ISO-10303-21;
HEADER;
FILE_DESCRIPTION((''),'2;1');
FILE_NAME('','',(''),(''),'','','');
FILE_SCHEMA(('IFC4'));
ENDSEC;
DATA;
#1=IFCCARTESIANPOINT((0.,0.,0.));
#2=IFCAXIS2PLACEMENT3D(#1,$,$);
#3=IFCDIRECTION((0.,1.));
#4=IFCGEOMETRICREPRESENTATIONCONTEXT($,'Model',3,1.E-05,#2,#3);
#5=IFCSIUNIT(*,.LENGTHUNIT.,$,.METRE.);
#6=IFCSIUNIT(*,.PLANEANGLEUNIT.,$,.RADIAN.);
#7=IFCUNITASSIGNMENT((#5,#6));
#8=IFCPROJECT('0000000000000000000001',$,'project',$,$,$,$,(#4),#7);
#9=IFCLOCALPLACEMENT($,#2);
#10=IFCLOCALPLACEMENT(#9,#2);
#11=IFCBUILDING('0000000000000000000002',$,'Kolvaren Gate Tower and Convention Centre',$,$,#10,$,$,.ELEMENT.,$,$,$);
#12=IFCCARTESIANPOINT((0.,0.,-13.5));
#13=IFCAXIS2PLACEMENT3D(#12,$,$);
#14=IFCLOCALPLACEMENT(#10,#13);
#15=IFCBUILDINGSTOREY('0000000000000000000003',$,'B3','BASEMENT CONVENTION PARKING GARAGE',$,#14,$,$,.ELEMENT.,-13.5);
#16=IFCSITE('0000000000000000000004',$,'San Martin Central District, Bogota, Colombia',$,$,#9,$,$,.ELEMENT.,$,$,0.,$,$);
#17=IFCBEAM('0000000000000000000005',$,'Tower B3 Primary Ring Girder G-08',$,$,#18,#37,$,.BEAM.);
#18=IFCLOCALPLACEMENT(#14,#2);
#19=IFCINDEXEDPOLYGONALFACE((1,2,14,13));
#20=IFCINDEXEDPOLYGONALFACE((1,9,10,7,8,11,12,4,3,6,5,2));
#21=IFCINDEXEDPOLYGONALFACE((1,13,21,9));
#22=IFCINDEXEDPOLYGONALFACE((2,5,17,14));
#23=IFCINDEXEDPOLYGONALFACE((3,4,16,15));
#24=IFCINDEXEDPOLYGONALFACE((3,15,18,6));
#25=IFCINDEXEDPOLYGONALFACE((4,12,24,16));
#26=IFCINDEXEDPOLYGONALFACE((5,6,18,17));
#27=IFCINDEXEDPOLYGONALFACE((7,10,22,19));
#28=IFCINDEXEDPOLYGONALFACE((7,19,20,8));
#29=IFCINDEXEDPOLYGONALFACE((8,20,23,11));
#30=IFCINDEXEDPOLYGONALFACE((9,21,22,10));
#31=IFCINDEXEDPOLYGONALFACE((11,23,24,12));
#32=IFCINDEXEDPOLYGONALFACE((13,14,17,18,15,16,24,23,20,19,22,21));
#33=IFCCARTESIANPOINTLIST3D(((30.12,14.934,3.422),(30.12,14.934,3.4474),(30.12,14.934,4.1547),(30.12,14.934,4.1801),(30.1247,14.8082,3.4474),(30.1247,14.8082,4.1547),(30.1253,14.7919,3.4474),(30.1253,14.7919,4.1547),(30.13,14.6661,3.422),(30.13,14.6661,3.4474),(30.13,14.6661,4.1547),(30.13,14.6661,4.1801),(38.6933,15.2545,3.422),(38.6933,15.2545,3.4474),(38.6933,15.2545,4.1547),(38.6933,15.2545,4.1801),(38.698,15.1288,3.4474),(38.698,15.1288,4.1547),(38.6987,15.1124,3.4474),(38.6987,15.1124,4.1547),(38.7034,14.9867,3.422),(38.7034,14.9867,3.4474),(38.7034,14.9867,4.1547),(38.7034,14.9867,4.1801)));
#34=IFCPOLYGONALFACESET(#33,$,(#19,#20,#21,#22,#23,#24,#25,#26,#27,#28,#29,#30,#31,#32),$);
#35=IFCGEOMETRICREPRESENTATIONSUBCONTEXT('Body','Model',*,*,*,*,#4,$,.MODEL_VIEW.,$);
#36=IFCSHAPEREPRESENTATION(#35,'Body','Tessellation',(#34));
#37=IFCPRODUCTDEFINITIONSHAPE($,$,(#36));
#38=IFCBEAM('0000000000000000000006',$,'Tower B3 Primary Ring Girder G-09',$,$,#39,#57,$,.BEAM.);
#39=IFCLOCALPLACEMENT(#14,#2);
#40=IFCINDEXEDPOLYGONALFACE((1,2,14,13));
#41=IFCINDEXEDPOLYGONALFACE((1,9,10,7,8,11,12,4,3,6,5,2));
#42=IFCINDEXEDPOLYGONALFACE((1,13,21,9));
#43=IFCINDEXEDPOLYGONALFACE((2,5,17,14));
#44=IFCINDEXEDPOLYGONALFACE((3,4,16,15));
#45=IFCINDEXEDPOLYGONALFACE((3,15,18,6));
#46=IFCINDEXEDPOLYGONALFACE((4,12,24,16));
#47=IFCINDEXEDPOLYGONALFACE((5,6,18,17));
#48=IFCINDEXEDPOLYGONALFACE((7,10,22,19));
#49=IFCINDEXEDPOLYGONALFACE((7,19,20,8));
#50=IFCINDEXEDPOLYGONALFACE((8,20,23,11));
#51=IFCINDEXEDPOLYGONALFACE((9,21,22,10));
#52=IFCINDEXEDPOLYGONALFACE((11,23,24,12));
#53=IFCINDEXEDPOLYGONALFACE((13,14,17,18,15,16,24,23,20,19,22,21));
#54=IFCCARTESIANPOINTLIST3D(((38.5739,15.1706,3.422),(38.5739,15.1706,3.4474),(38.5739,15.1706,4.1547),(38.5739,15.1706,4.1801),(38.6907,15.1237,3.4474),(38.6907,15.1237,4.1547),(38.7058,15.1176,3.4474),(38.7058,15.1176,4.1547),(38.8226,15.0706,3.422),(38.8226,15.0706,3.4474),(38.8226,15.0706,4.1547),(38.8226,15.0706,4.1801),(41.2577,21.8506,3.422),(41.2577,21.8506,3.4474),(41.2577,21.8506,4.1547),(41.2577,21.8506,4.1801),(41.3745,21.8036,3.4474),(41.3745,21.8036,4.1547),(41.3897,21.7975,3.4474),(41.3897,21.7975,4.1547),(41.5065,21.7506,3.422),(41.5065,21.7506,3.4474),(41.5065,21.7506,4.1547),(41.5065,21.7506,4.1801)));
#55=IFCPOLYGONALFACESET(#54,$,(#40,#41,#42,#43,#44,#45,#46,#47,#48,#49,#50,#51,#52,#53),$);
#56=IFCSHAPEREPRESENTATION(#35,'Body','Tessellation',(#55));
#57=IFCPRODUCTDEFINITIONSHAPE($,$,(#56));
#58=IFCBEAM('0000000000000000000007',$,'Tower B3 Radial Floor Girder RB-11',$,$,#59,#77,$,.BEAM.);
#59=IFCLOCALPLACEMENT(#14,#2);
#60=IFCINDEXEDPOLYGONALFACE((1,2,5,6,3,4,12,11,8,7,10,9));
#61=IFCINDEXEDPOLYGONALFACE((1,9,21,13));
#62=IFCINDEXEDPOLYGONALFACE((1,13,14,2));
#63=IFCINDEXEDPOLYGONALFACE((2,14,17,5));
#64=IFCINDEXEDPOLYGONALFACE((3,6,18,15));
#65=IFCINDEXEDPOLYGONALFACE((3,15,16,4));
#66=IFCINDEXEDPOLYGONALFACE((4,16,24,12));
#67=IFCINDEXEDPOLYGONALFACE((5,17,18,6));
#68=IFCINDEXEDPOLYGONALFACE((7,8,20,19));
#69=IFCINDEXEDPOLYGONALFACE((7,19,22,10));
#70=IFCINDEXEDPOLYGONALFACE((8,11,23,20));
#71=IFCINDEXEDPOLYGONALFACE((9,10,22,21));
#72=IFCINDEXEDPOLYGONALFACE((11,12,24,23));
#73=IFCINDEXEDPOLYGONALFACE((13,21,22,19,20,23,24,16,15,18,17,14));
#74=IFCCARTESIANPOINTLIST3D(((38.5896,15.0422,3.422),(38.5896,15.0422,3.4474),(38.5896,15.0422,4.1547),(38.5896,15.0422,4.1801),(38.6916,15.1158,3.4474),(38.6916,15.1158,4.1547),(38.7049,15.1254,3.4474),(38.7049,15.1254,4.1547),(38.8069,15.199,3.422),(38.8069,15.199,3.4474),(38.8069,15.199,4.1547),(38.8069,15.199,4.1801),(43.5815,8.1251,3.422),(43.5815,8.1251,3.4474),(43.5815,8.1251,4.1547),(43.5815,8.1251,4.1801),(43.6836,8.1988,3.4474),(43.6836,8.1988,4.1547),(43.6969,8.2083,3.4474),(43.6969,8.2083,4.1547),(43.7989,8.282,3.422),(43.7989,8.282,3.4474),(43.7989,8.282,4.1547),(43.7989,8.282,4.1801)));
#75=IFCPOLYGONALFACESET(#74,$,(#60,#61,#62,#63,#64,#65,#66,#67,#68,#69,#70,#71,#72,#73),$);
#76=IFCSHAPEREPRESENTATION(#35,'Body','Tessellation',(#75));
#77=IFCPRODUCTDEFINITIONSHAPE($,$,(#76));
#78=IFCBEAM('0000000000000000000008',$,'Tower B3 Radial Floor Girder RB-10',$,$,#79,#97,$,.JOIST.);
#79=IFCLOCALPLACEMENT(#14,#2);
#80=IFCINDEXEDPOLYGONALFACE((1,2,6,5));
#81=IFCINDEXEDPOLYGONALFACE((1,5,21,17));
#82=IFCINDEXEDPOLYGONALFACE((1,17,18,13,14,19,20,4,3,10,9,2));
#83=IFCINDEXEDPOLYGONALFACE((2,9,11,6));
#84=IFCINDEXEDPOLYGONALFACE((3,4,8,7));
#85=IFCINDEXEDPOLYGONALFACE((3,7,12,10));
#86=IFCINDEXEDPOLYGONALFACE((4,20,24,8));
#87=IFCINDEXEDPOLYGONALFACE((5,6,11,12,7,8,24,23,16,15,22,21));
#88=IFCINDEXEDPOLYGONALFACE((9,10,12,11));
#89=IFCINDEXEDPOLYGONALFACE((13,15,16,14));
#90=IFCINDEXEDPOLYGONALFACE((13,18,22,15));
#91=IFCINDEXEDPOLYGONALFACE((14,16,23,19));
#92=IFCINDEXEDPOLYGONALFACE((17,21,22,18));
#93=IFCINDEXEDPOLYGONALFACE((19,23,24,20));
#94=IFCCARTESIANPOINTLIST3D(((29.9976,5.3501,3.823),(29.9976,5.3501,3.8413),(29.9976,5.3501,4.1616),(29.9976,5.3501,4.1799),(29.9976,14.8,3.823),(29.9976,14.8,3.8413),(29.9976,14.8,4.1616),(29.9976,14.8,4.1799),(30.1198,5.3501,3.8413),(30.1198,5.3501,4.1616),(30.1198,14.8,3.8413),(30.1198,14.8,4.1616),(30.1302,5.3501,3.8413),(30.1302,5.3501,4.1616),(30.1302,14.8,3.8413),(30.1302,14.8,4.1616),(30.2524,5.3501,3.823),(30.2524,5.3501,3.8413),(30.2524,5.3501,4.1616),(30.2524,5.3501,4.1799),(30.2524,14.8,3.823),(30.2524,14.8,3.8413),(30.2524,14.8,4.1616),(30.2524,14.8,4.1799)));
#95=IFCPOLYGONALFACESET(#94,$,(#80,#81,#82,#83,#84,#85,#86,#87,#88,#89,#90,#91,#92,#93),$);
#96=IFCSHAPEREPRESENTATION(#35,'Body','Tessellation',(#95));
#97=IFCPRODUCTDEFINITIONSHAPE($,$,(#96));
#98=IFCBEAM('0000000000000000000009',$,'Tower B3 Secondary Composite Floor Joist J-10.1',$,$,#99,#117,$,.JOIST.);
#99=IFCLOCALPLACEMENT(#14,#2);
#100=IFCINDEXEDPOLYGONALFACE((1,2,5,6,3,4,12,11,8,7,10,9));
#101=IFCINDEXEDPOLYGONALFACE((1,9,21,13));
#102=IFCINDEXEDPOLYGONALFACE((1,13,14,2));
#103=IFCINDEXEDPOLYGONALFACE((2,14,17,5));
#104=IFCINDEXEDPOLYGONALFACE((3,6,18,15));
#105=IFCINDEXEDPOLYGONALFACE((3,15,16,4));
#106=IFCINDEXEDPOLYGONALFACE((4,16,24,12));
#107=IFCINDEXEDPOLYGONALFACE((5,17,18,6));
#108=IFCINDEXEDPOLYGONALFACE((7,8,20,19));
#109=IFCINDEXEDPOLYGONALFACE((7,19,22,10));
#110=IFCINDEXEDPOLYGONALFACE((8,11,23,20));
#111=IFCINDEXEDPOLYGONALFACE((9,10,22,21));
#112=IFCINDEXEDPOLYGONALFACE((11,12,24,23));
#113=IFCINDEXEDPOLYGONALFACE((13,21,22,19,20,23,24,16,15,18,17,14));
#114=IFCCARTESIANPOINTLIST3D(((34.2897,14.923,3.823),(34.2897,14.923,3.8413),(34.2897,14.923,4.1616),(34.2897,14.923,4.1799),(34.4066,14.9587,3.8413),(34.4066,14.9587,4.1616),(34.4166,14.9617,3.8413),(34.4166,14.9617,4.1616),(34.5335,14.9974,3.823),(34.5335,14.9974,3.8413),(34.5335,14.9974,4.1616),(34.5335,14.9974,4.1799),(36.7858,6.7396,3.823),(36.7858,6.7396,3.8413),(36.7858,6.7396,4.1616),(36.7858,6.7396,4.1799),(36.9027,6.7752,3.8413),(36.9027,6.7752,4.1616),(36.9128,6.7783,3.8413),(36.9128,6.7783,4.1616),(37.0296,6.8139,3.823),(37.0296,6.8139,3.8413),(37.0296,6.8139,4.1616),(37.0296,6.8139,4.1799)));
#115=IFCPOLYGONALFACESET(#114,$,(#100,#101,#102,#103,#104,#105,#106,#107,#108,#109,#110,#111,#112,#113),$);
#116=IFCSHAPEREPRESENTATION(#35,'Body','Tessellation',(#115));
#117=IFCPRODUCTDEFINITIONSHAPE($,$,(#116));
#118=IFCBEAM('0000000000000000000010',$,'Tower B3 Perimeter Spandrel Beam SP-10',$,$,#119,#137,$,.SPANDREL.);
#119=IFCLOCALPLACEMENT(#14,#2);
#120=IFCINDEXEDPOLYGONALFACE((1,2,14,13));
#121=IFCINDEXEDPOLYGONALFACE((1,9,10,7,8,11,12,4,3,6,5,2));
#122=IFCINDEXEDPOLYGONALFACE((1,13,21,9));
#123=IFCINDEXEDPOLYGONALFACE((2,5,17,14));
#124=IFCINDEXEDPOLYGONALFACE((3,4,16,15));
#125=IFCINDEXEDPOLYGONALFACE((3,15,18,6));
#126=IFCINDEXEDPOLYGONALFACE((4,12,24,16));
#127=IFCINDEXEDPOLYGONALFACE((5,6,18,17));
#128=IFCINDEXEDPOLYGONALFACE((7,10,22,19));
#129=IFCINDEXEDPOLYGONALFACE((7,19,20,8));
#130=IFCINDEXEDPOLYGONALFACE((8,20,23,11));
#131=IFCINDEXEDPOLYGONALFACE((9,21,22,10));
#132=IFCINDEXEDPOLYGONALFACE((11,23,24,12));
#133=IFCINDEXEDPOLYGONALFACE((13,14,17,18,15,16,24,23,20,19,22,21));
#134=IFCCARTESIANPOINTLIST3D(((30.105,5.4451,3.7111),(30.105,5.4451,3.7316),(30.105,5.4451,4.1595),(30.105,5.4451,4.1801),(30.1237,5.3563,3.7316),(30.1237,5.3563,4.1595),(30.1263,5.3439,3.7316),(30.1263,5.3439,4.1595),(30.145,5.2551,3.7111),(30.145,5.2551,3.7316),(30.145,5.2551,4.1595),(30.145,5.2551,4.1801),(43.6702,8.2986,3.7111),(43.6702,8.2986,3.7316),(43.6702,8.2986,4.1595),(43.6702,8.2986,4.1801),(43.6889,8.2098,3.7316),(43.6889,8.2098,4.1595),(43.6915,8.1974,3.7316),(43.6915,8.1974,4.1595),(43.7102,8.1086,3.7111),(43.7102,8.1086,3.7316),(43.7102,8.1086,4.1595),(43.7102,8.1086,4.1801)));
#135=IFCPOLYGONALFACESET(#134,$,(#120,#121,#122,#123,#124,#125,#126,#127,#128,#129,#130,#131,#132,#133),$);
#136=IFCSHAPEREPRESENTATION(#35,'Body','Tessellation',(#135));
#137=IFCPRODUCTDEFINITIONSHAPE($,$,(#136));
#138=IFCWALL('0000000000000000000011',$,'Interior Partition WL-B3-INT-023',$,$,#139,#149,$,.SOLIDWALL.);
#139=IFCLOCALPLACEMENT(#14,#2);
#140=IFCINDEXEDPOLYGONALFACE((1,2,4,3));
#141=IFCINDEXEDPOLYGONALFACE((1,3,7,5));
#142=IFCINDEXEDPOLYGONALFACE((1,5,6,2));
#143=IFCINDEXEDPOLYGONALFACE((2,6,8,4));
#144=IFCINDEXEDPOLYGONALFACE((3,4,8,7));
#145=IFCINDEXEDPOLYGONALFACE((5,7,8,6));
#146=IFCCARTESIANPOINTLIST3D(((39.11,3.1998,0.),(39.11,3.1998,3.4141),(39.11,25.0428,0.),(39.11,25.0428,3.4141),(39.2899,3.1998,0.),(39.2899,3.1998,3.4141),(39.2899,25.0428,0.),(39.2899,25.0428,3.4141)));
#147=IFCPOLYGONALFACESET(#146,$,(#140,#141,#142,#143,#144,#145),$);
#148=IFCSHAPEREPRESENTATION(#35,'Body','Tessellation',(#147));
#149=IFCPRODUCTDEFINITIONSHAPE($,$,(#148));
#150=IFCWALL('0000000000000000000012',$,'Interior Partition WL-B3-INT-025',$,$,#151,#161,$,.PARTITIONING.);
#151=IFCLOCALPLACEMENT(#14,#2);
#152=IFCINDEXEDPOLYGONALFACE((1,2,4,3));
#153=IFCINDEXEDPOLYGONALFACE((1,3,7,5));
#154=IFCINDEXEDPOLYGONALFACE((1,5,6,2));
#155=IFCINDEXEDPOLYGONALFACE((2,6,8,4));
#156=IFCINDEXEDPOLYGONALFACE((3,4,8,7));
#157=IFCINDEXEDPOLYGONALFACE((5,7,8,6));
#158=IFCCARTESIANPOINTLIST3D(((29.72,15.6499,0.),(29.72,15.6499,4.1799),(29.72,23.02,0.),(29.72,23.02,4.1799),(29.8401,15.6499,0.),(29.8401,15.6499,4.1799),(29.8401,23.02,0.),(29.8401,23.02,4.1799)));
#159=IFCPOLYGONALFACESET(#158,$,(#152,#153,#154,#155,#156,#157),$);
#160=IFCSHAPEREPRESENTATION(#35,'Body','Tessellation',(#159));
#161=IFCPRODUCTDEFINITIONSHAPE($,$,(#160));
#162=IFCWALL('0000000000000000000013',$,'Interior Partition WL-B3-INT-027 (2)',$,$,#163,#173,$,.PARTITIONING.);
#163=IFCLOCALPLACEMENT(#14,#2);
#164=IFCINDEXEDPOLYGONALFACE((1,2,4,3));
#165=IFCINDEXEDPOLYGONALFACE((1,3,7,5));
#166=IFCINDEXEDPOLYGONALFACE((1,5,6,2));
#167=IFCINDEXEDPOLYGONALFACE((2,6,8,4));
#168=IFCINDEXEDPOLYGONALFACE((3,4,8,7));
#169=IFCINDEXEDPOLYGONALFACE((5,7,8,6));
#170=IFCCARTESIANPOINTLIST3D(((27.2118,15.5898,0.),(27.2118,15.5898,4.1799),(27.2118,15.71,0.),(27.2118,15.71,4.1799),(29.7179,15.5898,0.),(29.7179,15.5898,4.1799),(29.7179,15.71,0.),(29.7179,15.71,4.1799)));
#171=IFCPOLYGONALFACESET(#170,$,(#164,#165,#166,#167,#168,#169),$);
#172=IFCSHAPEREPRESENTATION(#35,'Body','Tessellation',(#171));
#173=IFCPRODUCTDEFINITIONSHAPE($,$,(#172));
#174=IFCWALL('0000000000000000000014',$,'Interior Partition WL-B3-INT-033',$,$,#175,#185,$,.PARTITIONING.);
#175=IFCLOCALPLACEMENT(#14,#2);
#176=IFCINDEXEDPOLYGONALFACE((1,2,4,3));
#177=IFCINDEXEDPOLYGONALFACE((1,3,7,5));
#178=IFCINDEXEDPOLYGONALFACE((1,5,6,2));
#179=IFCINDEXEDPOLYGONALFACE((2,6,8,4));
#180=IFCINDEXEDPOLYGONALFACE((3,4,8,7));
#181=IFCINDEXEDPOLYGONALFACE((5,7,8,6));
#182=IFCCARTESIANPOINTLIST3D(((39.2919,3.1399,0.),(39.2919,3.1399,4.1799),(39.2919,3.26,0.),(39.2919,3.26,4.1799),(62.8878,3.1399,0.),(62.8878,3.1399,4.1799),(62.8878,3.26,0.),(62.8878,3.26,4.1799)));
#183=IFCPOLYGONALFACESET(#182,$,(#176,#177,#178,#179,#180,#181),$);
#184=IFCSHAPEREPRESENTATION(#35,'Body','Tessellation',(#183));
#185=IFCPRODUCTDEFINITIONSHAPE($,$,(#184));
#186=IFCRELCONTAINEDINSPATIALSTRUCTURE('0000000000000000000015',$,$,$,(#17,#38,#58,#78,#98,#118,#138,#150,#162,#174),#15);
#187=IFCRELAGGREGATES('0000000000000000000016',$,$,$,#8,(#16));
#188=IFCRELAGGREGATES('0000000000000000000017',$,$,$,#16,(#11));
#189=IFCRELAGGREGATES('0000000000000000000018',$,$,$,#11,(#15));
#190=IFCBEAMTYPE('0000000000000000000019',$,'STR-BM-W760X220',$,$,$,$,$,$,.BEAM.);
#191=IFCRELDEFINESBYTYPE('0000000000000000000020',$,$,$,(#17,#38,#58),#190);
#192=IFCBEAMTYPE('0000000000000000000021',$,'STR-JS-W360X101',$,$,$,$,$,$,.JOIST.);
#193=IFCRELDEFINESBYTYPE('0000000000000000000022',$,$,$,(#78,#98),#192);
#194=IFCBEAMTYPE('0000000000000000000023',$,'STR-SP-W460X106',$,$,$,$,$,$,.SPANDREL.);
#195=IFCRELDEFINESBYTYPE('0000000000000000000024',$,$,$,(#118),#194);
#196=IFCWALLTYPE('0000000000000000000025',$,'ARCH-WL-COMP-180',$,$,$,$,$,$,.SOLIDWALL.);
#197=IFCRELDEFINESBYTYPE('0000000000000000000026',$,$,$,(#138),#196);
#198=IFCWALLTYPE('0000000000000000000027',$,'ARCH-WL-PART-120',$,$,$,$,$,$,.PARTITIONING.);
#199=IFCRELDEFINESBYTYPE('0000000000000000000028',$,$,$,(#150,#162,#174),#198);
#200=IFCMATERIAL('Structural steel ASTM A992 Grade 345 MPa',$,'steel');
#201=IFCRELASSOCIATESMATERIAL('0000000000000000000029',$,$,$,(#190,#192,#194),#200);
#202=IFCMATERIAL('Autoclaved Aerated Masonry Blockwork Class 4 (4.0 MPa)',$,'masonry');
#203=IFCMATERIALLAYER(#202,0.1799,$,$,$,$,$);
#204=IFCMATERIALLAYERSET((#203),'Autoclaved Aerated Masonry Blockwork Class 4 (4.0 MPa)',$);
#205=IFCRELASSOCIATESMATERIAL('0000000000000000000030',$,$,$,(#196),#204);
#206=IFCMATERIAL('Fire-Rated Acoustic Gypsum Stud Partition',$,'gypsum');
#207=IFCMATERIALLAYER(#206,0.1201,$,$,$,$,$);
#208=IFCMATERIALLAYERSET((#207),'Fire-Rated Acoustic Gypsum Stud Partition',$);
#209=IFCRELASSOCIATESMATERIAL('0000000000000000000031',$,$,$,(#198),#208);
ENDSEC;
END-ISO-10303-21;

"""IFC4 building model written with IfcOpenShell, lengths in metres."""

from ifc_helpers import new_model, si_unit, direction, frame, frame_2d, origin, origin_2d, place, context, subcontext, project, spatial, rectangle, i_section, extrude, material, layer, layer_set, material_profile, profile_set, type_object, element, save


model = new_model("IFC4")

# Units and contexts
model_context = context("Model", 3, precision=1e-05, world=origin(), true_north=direction((0.0, 1.0)))
body_context = subcontext(model_context, "Body", "Model", "MODEL_VIEW")
ifc_project = project(units=[si_unit("LENGTHUNIT", "METRE"), si_unit("PLANEANGLEUNIT", "RADIAN")], contexts=[model_context])

# Site, building, storey
site_placement = place(None, origin())
site = spatial("IfcSite", under=ifc_project, at=site_placement, Name="San Martin Central District, Bogota, Colombia", CompositionType="ELEMENT", RefElevation=0.0)
building_placement = place(site_placement, origin())
building = spatial("IfcBuilding", under=site, at=building_placement, Name="Kolvaren Gate Tower and Convention Centre", CompositionType="ELEMENT")
storey_placement = place(building_placement, frame((0.0, 0.0, -13.5)))
storey = spatial("IfcBuildingStorey", under=building, at=storey_placement, Name="B3", Description="BASEMENT CONVENTION PARKING GARAGE", CompositionType="ELEMENT", Elevation=-13.5)

# Beams
ifc_material_1 = material(Name="Structural steel ASTM A992 Grade 345 MPa", Category="steel")
ifc_material_profile_1 = material_profile(ifc_material_1, i_section(OverallWidth=0.2681, OverallDepth=0.7581, WebThickness=0.0164, FlangeThickness=0.0254, at=origin_2d()), Name="W760X220")
ifc_profile_set_1 = profile_set([ifc_material_profile_1], Name="Structural steel ASTM A992 Grade 345 MPa")
beam_type_1 = type_object("IfcBeamType", Name="STR-BM-W760X220", PredefinedType="BEAM", material=ifc_profile_set_1)
beam_1_placement = place(storey_placement, frame((30.125, 14.8, 3.801), z_axis=(0.999302, 0.037364, 0.0), x_axis=(-0.037364, 0.999302, 0.0)))
element("IfcBeam", 1, at=beam_1_placement, inside=storey, type_object=beam_type_1, Name="Tower B3 Primary Ring Girder G-08", PredefinedType="BEAM", context=body_context, shape_type="SweptSolid", body=[
    extrude(i_section(OverallWidth=0.2681, OverallDepth=0.7581, WebThickness=0.0164, FlangeThickness=0.0254, at=origin_2d()), origin(), (0.0, 0.0, 1.0), 8.5793),
])
beam_2_placement = place(storey_placement, frame((38.6982, 15.1206, 3.801), z_axis=(0.372811, 0.927907, 0.0), x_axis=(-0.927907, 0.372811, 0.0)))
element("IfcBeam", 2, at=beam_2_placement, inside=storey, type_object=beam_type_1, Name="Tower B3 Primary Ring Girder G-09", PredefinedType="BEAM", context=body_context, shape_type="SweptSolid", body=[
    extrude(i_section(OverallWidth=0.2681, OverallDepth=0.7581, WebThickness=0.0164, FlangeThickness=0.0254, at=origin_2d()), origin(), (0.0, 0.0, 1.0), 7.199),
])
beam_3_placement = place(storey_placement, frame((38.6982, 15.1206, 3.801), z_axis=(0.585208, -0.810883, 0.0), x_axis=(0.810883, 0.585208, 0.0)))
element("IfcBeam", 3, at=beam_3_placement, inside=storey, type_object=beam_type_1, Name="Tower B3 Radial Floor Girder RB-11", PredefinedType="BEAM", context=body_context, shape_type="SweptSolid", body=[
    extrude(i_section(OverallWidth=0.2681, OverallDepth=0.7581, WebThickness=0.0164, FlangeThickness=0.0254, at=origin_2d()), origin(), (0.0, 0.0, 1.0), 8.5303),
])
ifc_material_profile_2 = material_profile(ifc_material_1, i_section(OverallWidth=0.2549, OverallDepth=0.3569, WebThickness=0.0105, FlangeThickness=0.0183, at=origin_2d()), Name="W360X101")
ifc_profile_set_2 = profile_set([ifc_material_profile_2], Name="Structural steel ASTM A992 Grade 345 MPa")
beam_type_2 = type_object("IfcBeamType", Name="STR-JS-W360X101", PredefinedType="JOIST", material=ifc_profile_set_2)
beam_4_placement = place(storey_placement, frame((30.125, 14.8, 4.0015), z_axis=(0.0, -1.0, 0.0), x_axis=(1.0, 0.0, 0.0)))
element("IfcBeam", 4, at=beam_4_placement, inside=storey, type_object=beam_type_2, Name="Tower B3 Radial Floor Girder RB-10", PredefinedType="JOIST", context=body_context, shape_type="SweptSolid", body=[
    extrude(i_section(OverallWidth=0.2549, OverallDepth=0.3569, WebThickness=0.0105, FlangeThickness=0.0183, at=origin_2d()), origin(), (0.0, 0.0, 1.0), 9.45),
])
beam_5_placement = place(storey_placement, frame((34.4116, 14.9602, 4.0015), z_axis=(0.291751, -0.956494, 0.0), x_axis=(0.956494, 0.291751, 0.0)))
element("IfcBeam", 5, at=beam_5_placement, inside=storey, type_object=beam_type_2, Name="Tower B3 Secondary Composite Floor Joist J-10.1", PredefinedType="JOIST", context=body_context, shape_type="SweptSolid", body=[
    extrude(i_section(OverallWidth=0.2549, OverallDepth=0.3569, WebThickness=0.0105, FlangeThickness=0.0183, at=origin_2d()), origin(), (0.0, 0.0, 1.0), 8.5557),
])
ifc_material_profile_3 = material_profile(ifc_material_1, i_section(OverallWidth=0.1941, OverallDepth=0.469, WebThickness=0.0127, FlangeThickness=0.0205, at=origin_2d()), Name="W460X106")
ifc_profile_set_3 = profile_set([ifc_material_profile_3], Name="Structural steel ASTM A992 Grade 345 MPa")
beam_type_3 = type_object("IfcBeamType", Name="STR-SP-W460X106", PredefinedType="SPANDREL", material=ifc_profile_set_3)
beam_6_placement = place(storey_placement, frame((30.125, 5.3501, 3.9456), z_axis=(0.978583, 0.205851, 0.0), x_axis=(-0.205851, 0.978583, 0.0)))
element("IfcBeam", 6, at=beam_6_placement, inside=storey, type_object=beam_type_3, Name="Tower B3 Perimeter Spandrel Beam SP-10", PredefinedType="SPANDREL", context=body_context, shape_type="SweptSolid", body=[
    extrude(i_section(OverallWidth=0.1941, OverallDepth=0.469, WebThickness=0.0127, FlangeThickness=0.0205, at=origin_2d()), origin(), (0.0, 0.0, 1.0), 13.8621),
])

# Walls
ifc_material_2 = material(Name="Autoclaved Aerated Masonry Blockwork Class 4 (4.0 MPa)", Category="masonry")
ifc_layer_1 = layer(ifc_material_2, 0.1799)
ifc_layer_set_1 = layer_set([ifc_layer_1], Name="Autoclaved Aerated Masonry Blockwork Class 4 (4.0 MPa)")
wall_type_1 = type_object("IfcWallType", Name="ARCH-WL-COMP-180", PredefinedType="SOLIDWALL", material=ifc_layer_set_1)
wall_1_placement = place(storey_placement, frame((39.2, 3.2, 0.0), z_axis=(0.0, 0.0, 1.0), x_axis=(0.0, 1.0, 0.0)))
element("IfcWall", 7, at=wall_1_placement, inside=storey, type_object=wall_type_1, Name="Interior Partition WL-B3-INT-023", PredefinedType="SOLIDWALL", context=body_context, shape_type="SweptSolid", body=[
    extrude(rectangle(XDim=21.843, YDim=0.1799, at=frame_2d((10.9214, 0.0))), origin(), (0.0, 0.0, 1.0), 3.4141),
])
ifc_material_3 = material(Name="Fire-Rated Acoustic Gypsum Stud Partition", Category="gypsum")
ifc_layer_2 = layer(ifc_material_3, 0.1201)
ifc_layer_set_2 = layer_set([ifc_layer_2], Name="Fire-Rated Acoustic Gypsum Stud Partition")
wall_type_2 = type_object("IfcWallType", Name="ARCH-WL-PART-120", PredefinedType="PARTITIONING", material=ifc_layer_set_2)
wall_2_placement = place(storey_placement, frame((29.78, 15.6499, 0.0), z_axis=(0.0, 0.0, 1.0), x_axis=(0.0, 1.0, 0.0)))
element("IfcWall", 8, at=wall_2_placement, inside=storey, type_object=wall_type_2, Name="Interior Partition WL-B3-INT-025", PredefinedType="PARTITIONING", context=body_context, shape_type="SweptSolid", body=[
    extrude(rectangle(XDim=7.3701, YDim=0.1201, at=frame_2d((3.6851, 0.0))), origin(), (0.0, 0.0, 1.0), 4.1799),
])
wall_3_placement = place(storey_placement, frame((27.2119, 15.6499, 0.0), z_axis=(0.0, 0.0, 1.0), x_axis=(1.0, 0.0, 0.0)))
element("IfcWall", 9, at=wall_3_placement, inside=storey, type_object=wall_type_2, Name="Interior Partition WL-B3-INT-027 (2)", PredefinedType="PARTITIONING", context=body_context, shape_type="SweptSolid", body=[
    extrude(rectangle(XDim=2.5061, YDim=0.1201, at=frame_2d((1.2529, 0.0))), origin(), (0.0, 0.0, 1.0), 4.1799),
])
wall_4_placement = place(storey_placement, frame((39.292, 3.2, 0.0), z_axis=(0.0, 0.0, 1.0), x_axis=(1.0, 0.0, 0.0)))
element("IfcWall", 10, at=wall_4_placement, inside=storey, type_object=wall_type_2, Name="Interior Partition WL-B3-INT-033", PredefinedType="PARTITIONING", context=body_context, shape_type="SweptSolid", body=[
    extrude(rectangle(XDim=23.5959, YDim=0.1201, at=frame_2d((11.7979, 0.0))), origin(), (0.0, 0.0, 1.0), 4.1799),
])

save(model, "model.ifc")
